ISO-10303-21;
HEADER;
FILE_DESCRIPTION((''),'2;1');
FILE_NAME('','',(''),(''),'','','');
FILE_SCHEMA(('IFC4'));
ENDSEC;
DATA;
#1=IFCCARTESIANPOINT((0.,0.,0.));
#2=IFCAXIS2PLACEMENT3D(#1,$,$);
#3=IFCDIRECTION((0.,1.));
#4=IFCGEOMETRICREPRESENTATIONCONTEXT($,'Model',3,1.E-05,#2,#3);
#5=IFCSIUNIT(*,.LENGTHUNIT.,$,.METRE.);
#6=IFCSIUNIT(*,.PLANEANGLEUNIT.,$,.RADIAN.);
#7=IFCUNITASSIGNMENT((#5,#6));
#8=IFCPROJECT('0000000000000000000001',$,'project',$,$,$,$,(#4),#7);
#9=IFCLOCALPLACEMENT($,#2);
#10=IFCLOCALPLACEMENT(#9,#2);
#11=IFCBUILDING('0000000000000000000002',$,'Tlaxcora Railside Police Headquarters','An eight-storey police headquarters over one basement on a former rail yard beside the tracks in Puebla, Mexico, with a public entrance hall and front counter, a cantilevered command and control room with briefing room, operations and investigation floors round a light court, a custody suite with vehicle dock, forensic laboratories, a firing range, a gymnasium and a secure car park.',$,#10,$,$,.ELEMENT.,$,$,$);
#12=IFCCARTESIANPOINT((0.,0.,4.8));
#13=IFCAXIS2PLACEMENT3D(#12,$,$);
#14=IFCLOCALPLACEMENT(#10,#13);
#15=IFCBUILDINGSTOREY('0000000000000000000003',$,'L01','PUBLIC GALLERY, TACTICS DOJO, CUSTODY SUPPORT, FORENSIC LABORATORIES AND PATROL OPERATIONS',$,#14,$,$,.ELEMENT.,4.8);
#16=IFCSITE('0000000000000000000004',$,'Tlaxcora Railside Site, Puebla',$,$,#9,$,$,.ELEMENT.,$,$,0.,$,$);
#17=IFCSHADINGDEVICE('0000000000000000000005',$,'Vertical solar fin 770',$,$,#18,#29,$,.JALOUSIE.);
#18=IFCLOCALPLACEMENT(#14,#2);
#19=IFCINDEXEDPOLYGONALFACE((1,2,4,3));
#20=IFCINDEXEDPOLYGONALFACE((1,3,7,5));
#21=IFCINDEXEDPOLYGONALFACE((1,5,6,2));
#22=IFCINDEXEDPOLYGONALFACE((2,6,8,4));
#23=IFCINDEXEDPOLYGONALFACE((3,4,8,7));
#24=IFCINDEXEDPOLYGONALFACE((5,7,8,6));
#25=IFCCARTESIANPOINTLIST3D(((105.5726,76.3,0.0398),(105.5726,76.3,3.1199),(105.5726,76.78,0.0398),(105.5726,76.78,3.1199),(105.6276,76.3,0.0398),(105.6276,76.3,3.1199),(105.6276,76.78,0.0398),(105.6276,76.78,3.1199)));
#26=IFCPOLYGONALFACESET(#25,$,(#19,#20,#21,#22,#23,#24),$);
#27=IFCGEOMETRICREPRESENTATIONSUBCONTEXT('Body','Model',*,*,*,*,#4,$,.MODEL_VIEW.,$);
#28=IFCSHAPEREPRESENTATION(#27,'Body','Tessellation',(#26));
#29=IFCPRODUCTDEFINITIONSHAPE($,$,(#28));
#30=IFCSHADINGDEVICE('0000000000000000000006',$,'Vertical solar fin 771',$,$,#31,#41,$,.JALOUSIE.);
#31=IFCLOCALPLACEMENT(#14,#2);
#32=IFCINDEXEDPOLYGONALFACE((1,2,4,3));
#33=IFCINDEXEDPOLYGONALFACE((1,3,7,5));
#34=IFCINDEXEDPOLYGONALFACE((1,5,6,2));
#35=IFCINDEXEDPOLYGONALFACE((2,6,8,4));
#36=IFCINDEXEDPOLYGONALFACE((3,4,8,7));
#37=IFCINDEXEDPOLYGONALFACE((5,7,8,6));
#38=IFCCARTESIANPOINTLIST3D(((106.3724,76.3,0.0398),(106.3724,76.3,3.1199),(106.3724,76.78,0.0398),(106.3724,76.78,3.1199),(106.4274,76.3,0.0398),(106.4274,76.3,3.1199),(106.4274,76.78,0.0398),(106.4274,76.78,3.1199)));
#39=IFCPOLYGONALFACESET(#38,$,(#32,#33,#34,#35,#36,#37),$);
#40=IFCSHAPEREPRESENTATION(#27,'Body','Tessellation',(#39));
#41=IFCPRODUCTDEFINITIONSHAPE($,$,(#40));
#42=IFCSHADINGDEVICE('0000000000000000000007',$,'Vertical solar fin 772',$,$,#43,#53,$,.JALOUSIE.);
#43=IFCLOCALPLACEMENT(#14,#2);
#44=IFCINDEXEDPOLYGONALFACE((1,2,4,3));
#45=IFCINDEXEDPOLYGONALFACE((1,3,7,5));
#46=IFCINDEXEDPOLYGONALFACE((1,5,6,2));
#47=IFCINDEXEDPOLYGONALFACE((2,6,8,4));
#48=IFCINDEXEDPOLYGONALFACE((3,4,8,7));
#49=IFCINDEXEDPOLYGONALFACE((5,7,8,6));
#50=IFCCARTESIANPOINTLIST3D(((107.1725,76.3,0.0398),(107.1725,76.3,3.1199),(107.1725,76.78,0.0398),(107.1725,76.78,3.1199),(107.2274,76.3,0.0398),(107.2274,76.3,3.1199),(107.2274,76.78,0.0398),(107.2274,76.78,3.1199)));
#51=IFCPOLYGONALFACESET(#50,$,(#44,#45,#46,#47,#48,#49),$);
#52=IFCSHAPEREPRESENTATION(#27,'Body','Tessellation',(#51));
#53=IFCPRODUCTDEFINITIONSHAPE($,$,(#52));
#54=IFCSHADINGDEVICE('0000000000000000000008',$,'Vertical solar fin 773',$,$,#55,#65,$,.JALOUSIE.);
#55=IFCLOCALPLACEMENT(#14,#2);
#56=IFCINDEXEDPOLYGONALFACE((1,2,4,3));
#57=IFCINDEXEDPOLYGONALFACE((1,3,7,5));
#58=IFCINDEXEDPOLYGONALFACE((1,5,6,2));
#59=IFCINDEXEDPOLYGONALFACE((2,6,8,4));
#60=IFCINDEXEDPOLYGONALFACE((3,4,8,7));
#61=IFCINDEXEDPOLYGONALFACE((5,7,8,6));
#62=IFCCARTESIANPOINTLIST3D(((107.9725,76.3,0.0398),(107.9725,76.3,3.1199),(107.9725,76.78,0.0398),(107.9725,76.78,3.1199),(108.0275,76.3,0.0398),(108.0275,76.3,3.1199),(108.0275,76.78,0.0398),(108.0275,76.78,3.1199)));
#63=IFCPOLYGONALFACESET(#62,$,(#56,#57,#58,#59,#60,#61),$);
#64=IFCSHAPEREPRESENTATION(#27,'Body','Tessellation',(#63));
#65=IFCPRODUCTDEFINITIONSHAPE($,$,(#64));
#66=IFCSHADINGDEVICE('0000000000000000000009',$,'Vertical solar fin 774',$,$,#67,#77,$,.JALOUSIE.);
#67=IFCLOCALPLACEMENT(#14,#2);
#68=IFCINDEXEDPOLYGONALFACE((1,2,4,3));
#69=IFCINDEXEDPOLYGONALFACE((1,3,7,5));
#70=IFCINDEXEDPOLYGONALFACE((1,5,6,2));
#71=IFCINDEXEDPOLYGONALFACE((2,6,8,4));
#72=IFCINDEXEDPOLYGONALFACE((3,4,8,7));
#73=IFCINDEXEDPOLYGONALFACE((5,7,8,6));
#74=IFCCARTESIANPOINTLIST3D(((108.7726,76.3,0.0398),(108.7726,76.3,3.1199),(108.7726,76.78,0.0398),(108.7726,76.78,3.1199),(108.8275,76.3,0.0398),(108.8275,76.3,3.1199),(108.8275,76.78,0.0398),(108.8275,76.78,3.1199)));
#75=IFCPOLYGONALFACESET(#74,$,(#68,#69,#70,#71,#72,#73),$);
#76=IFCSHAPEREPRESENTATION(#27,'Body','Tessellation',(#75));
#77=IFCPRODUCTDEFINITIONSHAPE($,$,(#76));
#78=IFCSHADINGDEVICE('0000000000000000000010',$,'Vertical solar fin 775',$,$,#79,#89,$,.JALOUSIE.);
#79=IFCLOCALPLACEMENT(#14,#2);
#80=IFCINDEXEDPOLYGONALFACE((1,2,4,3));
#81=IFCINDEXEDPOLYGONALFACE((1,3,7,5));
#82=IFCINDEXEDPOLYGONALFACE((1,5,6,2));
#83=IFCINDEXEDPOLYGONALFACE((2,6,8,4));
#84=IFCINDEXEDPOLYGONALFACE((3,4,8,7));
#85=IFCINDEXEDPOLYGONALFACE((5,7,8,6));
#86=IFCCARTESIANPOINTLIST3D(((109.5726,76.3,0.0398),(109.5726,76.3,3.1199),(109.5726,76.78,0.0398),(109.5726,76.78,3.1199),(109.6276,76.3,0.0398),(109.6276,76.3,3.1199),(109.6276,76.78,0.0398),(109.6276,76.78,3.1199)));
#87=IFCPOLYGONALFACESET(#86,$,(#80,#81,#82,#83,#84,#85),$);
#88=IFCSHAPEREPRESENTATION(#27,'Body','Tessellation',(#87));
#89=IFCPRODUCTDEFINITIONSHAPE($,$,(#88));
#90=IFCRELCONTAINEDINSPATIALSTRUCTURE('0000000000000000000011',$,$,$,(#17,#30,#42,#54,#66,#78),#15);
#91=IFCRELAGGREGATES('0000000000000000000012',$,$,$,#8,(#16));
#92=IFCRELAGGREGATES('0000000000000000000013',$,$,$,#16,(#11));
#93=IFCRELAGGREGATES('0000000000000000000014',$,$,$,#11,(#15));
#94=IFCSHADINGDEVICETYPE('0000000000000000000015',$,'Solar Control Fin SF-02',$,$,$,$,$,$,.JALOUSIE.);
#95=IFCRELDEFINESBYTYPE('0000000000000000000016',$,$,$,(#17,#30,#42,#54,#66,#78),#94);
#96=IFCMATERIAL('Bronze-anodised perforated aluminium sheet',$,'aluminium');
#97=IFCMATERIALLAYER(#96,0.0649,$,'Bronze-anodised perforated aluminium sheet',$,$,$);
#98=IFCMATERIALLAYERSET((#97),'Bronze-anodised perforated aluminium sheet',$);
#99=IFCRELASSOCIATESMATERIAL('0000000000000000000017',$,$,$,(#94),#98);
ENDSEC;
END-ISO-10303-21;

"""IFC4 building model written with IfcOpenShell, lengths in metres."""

from ifc_helpers import new_model, si_unit, direction, frame, origin, origin_2d, place, context, subcontext, project, spatial, rectangle, extrude, material, layer, layer_set, type_object, element, save


model = new_model("IFC4")

# Units and contexts
model_context = context("Model", 3, precision=1e-05, world=origin(), true_north=direction((0.0, 1.0)))
body_context = subcontext(model_context, "Body", "Model", "MODEL_VIEW")
ifc_project = project(units=[si_unit("LENGTHUNIT", "METRE"), si_unit("PLANEANGLEUNIT", "RADIAN")], contexts=[model_context])

# Site, building, storey
site_placement = place(None, origin())
site = spatial("IfcSite", under=ifc_project, at=site_placement, Name="Tlaxcora Railside Site, Puebla", CompositionType="ELEMENT", RefElevation=0.0)
building_placement = place(site_placement, origin())
building = spatial("IfcBuilding", under=site, at=building_placement, Name="Tlaxcora Railside Police Headquarters", Description="An eight-storey police headquarters over one basement on a former rail yard beside the tracks in Puebla, Mexico, with a public entrance hall and front counter, a cantilevered command and control room with briefing room, operations and investigation floors round a light court, a custody suite with vehicle dock, forensic laboratories, a firing range, a gymnasium and a secure car park.", CompositionType="ELEMENT")
storey_placement = place(building_placement, frame((0.0, 0.0, 4.8)))
storey = spatial("IfcBuildingStorey", under=building, at=storey_placement, Name="L01", Description="PUBLIC GALLERY, TACTICS DOJO, CUSTODY SUPPORT, FORENSIC LABORATORIES AND PATROL OPERATIONS", CompositionType="ELEMENT", Elevation=4.8)

# Shading devices
ifc_material_1 = material(Name="Bronze-anodised perforated aluminium sheet", Category="aluminium")
ifc_layer_1 = layer(ifc_material_1, 0.0649, Name="Bronze-anodised perforated aluminium sheet")
ifc_layer_set_1 = layer_set([ifc_layer_1], Name="Bronze-anodised perforated aluminium sheet")
shading_device_type_1 = type_object("IfcShadingDeviceType", Name="Solar Control Fin SF-02", PredefinedType="JALOUSIE", material=ifc_layer_set_1)
for number, where, z_axis, x_axis, name in (
    (1, (105.6001, 76.54, 0.0398), (0.0, 0.0, 1.0), (0.0, -1.0, 0.0), "Vertical solar fin 770"),
    (2, (106.3999, 76.54, 0.0398), (0.0, 0.0, 1.0), (0.0, -1.0, 0.0), "Vertical solar fin 771"),
    (3, (107.2, 76.54, 0.0398), (0.0, 0.0, 1.0), (0.0, -1.0, 0.0), "Vertical solar fin 772"),
    (4, (108.0, 76.54, 0.0398), (0.0, 0.0, 1.0), (0.0, -1.0, 0.0), "Vertical solar fin 773"),
    (5, (108.8, 76.54, 0.0398), (0.0, 0.0, 1.0), (0.0, -1.0, 0.0), "Vertical solar fin 774"),
    (6, (109.6001, 76.54, 0.0398), (0.0, 0.0, 1.0), (0.0, -1.0, 0.0), "Vertical solar fin 775"),
):
    element("IfcShadingDevice", number, at=place(storey_placement, frame(where, z_axis=z_axis, x_axis=x_axis)), inside=storey, type_object=shading_device_type_1, Name=name, PredefinedType="JALOUSIE", context=body_context, shape_type="SweptSolid", body=[
        extrude(rectangle(XDim=0.48, YDim=0.0549, at=origin_2d()), origin(), (0.0, 0.0, 1.0), 3.0801),
    ])

save(model, "model.ifc")
